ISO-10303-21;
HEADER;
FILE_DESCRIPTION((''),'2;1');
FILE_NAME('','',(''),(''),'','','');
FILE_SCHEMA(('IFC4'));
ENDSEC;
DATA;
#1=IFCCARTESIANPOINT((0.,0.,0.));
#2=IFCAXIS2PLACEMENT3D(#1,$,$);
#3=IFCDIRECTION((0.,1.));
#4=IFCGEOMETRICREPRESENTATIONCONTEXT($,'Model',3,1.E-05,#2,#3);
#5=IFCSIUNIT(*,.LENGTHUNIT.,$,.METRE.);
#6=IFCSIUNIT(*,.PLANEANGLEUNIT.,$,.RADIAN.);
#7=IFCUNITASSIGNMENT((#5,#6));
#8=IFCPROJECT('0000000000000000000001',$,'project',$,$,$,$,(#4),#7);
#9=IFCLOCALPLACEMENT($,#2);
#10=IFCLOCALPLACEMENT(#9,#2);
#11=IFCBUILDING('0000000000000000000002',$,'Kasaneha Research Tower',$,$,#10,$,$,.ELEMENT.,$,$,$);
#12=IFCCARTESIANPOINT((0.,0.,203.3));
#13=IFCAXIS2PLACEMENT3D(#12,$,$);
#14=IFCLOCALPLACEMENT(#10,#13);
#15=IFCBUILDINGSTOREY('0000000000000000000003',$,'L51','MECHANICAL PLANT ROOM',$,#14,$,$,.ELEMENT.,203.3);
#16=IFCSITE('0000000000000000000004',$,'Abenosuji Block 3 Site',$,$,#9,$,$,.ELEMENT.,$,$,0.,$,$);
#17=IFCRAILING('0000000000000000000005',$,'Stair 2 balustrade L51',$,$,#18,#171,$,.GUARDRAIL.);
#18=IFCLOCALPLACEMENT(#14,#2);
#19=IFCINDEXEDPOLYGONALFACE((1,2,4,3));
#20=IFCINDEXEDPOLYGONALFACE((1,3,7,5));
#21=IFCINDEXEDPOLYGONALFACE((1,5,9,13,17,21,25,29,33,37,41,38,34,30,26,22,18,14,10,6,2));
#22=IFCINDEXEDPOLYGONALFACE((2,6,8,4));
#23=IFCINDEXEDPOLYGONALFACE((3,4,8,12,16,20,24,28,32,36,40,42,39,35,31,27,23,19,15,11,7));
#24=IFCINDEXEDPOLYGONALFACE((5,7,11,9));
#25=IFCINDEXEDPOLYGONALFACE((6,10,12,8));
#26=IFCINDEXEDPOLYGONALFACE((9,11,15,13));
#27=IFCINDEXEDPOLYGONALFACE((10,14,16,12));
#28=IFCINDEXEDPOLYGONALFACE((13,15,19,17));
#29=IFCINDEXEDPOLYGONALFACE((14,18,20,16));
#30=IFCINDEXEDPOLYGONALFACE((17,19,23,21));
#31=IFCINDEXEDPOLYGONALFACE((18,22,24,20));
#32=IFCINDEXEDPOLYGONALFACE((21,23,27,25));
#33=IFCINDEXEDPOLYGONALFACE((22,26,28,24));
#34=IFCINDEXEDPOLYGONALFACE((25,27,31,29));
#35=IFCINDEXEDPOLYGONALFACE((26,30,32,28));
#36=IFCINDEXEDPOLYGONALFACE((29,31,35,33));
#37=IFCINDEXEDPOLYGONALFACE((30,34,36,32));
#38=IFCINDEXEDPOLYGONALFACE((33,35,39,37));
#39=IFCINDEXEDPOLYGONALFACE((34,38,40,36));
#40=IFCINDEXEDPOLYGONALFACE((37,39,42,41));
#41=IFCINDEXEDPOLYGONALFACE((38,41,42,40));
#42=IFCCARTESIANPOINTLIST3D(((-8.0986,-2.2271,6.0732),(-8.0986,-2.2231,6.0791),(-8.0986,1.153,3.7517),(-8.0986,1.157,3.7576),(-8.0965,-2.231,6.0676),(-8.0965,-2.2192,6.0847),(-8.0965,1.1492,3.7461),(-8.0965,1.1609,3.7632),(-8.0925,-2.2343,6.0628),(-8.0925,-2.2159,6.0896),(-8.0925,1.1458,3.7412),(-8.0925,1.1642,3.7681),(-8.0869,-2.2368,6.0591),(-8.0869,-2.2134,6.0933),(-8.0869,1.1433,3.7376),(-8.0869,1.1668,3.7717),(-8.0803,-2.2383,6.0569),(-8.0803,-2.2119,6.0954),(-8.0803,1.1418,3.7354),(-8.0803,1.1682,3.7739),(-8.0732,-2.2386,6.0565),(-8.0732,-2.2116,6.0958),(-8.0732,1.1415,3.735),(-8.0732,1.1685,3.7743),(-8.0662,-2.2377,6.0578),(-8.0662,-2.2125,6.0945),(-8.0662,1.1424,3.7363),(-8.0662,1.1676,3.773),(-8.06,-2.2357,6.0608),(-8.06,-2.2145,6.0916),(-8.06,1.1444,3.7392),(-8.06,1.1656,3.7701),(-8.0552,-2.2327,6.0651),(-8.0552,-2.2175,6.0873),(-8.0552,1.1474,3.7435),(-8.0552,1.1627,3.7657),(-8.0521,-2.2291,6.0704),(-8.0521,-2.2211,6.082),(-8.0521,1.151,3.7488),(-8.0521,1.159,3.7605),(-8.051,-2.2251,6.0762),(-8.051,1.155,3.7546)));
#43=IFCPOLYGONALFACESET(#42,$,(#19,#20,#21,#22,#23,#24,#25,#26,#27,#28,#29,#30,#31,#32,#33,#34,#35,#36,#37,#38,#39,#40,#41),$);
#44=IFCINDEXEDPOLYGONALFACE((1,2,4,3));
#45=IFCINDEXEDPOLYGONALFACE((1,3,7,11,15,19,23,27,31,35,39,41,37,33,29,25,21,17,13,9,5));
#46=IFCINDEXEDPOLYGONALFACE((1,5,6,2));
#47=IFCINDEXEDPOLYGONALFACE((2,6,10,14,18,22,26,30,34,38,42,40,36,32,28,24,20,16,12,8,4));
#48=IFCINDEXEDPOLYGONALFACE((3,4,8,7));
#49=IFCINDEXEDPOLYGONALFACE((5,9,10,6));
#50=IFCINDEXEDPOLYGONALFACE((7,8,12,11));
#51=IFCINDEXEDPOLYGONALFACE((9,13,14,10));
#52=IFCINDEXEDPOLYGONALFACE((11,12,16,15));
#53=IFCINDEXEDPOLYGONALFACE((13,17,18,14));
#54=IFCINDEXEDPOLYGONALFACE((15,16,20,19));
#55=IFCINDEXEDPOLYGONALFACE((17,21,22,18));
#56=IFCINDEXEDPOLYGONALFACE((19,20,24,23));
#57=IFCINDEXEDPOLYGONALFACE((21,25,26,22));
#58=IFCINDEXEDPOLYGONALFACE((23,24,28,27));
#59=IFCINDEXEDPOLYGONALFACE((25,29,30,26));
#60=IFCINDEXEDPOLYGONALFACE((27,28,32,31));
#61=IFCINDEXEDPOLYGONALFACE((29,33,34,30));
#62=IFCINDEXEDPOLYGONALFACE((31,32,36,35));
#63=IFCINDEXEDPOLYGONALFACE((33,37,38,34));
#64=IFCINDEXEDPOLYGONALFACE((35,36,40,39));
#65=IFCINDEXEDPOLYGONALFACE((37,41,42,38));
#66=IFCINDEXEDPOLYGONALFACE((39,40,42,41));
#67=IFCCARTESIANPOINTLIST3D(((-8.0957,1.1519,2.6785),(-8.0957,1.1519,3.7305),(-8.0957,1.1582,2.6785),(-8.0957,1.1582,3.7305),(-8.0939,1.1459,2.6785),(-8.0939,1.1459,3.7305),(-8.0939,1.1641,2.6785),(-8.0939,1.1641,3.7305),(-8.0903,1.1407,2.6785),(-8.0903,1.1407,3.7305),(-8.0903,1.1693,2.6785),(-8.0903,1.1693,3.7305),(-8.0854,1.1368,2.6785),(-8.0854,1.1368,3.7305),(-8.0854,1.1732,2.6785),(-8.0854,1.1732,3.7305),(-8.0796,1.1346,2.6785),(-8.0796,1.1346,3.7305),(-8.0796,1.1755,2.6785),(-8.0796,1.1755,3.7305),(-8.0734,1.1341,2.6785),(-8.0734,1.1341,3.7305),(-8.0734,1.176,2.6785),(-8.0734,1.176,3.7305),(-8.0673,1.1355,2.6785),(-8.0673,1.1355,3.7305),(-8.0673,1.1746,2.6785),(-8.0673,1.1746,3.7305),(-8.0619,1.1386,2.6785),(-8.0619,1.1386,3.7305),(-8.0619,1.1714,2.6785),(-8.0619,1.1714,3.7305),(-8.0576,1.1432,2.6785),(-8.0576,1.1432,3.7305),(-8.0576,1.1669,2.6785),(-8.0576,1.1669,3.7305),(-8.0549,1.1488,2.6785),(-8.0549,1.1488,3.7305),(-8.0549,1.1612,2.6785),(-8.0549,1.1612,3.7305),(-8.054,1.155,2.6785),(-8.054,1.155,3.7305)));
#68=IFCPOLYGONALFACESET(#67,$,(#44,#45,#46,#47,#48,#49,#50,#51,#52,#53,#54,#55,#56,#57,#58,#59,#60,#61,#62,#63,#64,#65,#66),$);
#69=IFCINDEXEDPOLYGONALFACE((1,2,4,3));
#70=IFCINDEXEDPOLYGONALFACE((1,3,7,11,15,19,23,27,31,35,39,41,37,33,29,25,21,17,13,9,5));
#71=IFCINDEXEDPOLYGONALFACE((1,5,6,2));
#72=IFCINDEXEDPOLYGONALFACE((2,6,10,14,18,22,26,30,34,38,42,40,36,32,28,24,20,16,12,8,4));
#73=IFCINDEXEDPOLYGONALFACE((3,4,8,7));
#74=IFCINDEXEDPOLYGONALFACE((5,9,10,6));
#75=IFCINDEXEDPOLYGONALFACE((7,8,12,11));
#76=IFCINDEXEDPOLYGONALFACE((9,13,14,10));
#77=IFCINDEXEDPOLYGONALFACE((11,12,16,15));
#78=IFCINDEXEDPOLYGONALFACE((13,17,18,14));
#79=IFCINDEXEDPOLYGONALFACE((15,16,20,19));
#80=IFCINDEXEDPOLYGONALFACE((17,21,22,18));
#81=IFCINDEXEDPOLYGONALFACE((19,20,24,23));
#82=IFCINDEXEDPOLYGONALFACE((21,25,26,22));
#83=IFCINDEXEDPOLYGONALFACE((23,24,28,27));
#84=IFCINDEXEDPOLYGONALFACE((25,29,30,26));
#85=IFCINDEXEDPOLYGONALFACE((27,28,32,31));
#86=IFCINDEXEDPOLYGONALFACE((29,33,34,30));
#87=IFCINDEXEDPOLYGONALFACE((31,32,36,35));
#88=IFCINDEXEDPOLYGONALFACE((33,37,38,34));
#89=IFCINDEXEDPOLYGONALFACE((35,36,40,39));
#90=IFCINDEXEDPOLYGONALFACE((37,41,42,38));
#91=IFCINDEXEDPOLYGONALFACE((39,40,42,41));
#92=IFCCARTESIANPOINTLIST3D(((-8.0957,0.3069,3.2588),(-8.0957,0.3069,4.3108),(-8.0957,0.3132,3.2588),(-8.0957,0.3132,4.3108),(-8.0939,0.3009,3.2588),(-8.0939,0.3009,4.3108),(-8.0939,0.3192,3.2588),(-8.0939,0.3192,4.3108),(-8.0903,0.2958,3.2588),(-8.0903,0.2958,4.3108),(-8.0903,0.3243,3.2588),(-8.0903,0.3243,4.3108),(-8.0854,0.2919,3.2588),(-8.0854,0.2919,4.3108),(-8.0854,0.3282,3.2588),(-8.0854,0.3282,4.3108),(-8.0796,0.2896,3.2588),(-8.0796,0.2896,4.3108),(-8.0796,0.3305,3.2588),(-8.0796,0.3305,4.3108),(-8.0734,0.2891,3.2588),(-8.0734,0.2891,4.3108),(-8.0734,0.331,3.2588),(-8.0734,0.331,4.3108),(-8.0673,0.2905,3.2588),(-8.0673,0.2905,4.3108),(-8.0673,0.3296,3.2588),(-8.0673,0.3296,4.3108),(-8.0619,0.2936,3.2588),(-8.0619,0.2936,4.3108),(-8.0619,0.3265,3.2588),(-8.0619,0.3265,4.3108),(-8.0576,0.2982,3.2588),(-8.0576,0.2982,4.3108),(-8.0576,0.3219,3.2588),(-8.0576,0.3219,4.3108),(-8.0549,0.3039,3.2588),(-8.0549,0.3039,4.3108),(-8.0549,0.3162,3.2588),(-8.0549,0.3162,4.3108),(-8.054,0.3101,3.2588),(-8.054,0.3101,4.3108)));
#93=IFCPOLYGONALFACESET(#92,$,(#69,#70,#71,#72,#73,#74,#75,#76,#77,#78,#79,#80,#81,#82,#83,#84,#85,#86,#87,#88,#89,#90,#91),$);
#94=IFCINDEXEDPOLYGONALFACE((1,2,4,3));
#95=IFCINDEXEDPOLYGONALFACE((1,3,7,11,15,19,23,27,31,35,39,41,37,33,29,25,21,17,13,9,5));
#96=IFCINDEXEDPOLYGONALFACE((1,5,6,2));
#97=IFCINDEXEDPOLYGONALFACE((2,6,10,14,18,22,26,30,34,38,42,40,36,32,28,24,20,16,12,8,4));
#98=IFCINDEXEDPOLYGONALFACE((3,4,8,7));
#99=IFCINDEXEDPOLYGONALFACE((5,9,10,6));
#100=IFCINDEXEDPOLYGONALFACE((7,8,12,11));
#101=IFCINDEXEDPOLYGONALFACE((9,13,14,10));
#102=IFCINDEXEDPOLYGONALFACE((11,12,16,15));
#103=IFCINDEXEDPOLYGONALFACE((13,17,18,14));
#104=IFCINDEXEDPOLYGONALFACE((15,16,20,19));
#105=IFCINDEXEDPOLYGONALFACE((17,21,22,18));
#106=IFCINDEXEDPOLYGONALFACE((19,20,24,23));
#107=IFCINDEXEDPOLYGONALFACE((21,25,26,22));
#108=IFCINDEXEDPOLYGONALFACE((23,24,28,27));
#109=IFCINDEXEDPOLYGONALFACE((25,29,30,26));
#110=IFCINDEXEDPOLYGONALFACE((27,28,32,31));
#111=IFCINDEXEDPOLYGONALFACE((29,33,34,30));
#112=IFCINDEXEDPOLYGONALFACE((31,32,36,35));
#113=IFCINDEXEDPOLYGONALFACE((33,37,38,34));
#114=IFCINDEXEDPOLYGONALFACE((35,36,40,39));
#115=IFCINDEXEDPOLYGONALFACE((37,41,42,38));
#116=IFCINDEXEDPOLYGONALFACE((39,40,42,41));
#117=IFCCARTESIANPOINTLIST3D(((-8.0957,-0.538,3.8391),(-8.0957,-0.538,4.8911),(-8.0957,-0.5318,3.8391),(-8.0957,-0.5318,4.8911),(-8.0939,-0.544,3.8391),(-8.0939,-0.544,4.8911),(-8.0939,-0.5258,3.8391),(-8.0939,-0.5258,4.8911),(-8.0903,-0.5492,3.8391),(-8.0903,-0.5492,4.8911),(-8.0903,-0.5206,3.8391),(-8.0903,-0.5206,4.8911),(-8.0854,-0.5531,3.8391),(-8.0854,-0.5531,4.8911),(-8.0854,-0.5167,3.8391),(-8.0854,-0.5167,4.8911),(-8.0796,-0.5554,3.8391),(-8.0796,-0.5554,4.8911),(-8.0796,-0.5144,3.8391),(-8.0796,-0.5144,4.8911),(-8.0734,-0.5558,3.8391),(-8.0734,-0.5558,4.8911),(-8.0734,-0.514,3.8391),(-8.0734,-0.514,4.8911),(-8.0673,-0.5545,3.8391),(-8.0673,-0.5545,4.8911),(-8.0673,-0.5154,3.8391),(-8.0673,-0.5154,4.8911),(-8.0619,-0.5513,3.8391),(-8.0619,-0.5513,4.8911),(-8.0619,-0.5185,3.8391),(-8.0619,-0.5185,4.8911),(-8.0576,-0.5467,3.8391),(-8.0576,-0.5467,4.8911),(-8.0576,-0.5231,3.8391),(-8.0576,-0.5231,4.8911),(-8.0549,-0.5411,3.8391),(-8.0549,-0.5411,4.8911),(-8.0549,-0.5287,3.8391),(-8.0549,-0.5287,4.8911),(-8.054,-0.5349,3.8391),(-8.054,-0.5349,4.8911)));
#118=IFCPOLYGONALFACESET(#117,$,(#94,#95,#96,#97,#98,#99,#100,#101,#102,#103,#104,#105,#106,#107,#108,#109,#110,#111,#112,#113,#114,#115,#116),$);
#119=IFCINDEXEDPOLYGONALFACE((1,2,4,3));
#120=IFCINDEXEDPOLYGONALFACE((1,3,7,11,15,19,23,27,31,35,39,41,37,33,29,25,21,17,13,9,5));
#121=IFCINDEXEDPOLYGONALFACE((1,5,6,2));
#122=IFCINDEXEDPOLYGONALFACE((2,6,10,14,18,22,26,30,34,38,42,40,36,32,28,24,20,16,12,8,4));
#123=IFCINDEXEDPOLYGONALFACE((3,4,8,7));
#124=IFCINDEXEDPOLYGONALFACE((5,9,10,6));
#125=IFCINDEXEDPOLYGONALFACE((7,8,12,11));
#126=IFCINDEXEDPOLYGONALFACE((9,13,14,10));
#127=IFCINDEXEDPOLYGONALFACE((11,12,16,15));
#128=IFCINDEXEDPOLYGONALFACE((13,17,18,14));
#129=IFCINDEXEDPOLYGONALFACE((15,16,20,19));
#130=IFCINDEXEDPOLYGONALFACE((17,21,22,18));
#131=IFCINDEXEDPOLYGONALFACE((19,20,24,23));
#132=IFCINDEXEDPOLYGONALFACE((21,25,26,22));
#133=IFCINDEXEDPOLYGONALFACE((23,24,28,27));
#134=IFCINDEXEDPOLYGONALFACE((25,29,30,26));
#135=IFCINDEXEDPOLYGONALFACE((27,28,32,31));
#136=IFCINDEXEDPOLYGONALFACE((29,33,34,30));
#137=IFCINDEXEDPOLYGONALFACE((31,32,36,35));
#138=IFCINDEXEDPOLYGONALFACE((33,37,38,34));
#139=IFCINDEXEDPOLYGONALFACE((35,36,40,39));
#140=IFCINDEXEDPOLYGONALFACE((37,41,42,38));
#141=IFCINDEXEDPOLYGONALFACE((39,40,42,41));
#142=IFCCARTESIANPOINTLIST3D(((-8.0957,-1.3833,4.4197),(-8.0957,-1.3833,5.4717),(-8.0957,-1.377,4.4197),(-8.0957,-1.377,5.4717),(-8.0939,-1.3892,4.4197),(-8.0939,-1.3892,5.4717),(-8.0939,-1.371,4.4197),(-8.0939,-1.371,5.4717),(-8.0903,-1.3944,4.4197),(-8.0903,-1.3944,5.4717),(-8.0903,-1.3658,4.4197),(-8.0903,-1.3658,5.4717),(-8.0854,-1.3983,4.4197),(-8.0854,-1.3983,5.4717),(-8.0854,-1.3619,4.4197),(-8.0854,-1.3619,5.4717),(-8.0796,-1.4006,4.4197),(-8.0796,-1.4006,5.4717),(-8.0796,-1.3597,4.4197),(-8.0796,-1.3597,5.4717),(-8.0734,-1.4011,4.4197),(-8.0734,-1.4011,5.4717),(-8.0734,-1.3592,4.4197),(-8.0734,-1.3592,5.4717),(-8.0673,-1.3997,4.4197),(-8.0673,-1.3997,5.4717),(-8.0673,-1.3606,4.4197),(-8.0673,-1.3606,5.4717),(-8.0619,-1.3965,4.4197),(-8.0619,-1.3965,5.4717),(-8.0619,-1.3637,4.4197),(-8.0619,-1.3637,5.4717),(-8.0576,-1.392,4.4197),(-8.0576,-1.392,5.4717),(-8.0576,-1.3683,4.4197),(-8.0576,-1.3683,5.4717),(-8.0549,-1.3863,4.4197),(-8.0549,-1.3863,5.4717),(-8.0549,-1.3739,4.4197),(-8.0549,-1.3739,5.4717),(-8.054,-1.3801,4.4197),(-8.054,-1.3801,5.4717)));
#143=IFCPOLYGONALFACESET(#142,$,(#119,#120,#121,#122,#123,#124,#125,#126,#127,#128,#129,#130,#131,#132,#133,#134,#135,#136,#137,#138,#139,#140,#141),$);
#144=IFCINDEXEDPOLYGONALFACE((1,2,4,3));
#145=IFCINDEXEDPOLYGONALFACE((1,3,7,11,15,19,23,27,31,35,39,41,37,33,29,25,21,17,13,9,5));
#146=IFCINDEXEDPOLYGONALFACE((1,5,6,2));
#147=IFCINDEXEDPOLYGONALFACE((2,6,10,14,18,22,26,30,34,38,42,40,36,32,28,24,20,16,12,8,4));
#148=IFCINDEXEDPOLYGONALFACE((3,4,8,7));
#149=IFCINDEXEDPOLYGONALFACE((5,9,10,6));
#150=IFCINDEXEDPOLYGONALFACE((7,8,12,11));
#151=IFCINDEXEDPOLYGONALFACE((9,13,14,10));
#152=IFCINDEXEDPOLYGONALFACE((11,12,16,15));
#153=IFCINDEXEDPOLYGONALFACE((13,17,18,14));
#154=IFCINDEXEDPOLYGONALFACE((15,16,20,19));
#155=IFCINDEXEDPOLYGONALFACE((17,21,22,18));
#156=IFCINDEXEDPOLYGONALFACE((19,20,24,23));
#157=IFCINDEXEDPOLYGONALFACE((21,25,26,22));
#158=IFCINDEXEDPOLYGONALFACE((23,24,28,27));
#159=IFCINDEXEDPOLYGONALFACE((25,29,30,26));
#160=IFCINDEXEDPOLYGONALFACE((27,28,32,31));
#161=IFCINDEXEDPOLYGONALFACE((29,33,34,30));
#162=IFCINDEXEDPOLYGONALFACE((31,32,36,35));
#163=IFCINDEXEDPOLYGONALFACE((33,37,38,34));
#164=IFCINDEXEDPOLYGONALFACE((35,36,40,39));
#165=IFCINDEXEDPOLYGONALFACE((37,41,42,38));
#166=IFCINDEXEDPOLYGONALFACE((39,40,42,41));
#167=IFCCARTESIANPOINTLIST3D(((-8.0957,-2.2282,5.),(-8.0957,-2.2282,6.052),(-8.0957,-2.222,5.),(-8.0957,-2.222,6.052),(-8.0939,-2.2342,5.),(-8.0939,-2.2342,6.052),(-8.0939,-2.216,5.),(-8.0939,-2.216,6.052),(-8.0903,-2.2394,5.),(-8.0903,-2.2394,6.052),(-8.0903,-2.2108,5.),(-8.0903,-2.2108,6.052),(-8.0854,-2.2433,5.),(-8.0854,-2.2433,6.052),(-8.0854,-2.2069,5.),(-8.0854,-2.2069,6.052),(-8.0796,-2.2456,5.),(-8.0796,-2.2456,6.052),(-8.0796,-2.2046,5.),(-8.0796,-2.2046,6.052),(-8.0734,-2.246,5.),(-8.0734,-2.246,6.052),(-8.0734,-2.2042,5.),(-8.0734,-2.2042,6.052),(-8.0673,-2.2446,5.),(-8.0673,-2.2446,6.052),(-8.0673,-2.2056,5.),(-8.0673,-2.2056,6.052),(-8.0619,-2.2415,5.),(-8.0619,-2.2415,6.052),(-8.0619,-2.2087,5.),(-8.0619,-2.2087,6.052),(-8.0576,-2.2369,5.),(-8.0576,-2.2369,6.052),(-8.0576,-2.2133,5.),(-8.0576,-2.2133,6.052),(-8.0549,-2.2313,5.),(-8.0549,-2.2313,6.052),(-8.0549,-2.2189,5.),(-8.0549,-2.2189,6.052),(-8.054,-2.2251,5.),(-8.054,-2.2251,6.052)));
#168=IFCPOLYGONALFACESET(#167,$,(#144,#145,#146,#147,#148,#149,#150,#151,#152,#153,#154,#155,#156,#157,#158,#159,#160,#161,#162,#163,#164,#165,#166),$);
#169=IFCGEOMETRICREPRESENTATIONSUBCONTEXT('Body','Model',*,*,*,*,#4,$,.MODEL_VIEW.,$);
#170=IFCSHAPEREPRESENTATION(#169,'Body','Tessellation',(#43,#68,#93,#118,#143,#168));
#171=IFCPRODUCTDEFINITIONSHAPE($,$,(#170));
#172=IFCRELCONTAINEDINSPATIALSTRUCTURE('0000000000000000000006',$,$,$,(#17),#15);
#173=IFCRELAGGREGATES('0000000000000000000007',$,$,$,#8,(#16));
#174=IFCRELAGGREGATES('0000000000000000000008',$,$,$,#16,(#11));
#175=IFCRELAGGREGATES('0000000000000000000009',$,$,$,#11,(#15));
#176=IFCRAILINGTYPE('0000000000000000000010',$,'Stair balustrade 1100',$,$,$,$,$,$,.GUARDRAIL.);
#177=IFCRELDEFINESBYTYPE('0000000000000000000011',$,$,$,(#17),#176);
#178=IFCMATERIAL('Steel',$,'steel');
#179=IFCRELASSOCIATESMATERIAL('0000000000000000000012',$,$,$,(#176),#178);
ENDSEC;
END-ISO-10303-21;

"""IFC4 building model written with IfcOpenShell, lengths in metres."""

from ifc_helpers import new_model, si_unit, direction, frame, origin, origin_2d, place, context, subcontext, project, spatial, circle, extrude, material, type_object, element, save


model = new_model("IFC4")

# Units and contexts
model_context = context("Model", 3, precision=1e-05, world=origin(), true_north=direction((0.0, 1.0)))
body_context = subcontext(model_context, "Body", "Model", "MODEL_VIEW")
ifc_project = project(units=[si_unit("LENGTHUNIT", "METRE"), si_unit("PLANEANGLEUNIT", "RADIAN")], contexts=[model_context])

# Site, building, storey
site_placement = place(None, origin())
site = spatial("IfcSite", under=ifc_project, at=site_placement, Name="Abenosuji Block 3 Site", CompositionType="ELEMENT", RefElevation=0.0)
building_placement = place(site_placement, origin())
building = spatial("IfcBuilding", under=site, at=building_placement, Name="Kasaneha Research Tower", CompositionType="ELEMENT")
storey_placement = place(building_placement, frame((0.0, 0.0, 203.3)))
storey = spatial("IfcBuildingStorey", under=building, at=storey_placement, Name="L51", Description="MECHANICAL PLANT ROOM", CompositionType="ELEMENT", Elevation=203.3)

# Railing
ifc_material_1 = material(Name="Steel", Category="steel")
railing_type_1 = type_object("IfcRailingType", Name="Stair balustrade 1100", PredefinedType="GUARDRAIL", material=ifc_material_1)
railing_1_placement = place(storey_placement, frame((-8.075, 1.155, 2.6785)))
element("IfcRailing", 1, at=railing_1_placement, inside=storey, type_object=railing_type_1, Name="Stair 2 balustrade L51", PredefinedType="GUARDRAIL", context=body_context, shape_type="SweptSolid", body=[
    extrude(circle(Radius=0.0239, at=origin_2d()), frame((0.0, 0.0, 1.0762), z_axis=(0.0, -0.824304, 0.566147), x_axis=(1.0, 0.0, 0.0)), (0.0, 0.0, 1.0), 4.1006),
    extrude(circle(Radius=0.021, at=origin_2d()), origin(), (0.0, 0.0, 1.0), 1.052),
    extrude(circle(Radius=0.021, at=origin_2d()), frame((0.0, -0.845, 0.5803)), (0.0, 0.0, 1.0), 1.052),
    extrude(circle(Radius=0.021, at=origin_2d()), frame((0.0, -1.6899, 1.1606)), (0.0, 0.0, 1.0), 1.052),
    extrude(circle(Radius=0.021, at=origin_2d()), frame((0.0, -2.5352, 1.7412)), (0.0, 0.0, 1.0), 1.052),
    extrude(circle(Radius=0.021, at=origin_2d()), frame((0.0, -3.3801, 2.3215)), (0.0, 0.0, 1.0), 1.052),
])

save(model, "model.ifc")
